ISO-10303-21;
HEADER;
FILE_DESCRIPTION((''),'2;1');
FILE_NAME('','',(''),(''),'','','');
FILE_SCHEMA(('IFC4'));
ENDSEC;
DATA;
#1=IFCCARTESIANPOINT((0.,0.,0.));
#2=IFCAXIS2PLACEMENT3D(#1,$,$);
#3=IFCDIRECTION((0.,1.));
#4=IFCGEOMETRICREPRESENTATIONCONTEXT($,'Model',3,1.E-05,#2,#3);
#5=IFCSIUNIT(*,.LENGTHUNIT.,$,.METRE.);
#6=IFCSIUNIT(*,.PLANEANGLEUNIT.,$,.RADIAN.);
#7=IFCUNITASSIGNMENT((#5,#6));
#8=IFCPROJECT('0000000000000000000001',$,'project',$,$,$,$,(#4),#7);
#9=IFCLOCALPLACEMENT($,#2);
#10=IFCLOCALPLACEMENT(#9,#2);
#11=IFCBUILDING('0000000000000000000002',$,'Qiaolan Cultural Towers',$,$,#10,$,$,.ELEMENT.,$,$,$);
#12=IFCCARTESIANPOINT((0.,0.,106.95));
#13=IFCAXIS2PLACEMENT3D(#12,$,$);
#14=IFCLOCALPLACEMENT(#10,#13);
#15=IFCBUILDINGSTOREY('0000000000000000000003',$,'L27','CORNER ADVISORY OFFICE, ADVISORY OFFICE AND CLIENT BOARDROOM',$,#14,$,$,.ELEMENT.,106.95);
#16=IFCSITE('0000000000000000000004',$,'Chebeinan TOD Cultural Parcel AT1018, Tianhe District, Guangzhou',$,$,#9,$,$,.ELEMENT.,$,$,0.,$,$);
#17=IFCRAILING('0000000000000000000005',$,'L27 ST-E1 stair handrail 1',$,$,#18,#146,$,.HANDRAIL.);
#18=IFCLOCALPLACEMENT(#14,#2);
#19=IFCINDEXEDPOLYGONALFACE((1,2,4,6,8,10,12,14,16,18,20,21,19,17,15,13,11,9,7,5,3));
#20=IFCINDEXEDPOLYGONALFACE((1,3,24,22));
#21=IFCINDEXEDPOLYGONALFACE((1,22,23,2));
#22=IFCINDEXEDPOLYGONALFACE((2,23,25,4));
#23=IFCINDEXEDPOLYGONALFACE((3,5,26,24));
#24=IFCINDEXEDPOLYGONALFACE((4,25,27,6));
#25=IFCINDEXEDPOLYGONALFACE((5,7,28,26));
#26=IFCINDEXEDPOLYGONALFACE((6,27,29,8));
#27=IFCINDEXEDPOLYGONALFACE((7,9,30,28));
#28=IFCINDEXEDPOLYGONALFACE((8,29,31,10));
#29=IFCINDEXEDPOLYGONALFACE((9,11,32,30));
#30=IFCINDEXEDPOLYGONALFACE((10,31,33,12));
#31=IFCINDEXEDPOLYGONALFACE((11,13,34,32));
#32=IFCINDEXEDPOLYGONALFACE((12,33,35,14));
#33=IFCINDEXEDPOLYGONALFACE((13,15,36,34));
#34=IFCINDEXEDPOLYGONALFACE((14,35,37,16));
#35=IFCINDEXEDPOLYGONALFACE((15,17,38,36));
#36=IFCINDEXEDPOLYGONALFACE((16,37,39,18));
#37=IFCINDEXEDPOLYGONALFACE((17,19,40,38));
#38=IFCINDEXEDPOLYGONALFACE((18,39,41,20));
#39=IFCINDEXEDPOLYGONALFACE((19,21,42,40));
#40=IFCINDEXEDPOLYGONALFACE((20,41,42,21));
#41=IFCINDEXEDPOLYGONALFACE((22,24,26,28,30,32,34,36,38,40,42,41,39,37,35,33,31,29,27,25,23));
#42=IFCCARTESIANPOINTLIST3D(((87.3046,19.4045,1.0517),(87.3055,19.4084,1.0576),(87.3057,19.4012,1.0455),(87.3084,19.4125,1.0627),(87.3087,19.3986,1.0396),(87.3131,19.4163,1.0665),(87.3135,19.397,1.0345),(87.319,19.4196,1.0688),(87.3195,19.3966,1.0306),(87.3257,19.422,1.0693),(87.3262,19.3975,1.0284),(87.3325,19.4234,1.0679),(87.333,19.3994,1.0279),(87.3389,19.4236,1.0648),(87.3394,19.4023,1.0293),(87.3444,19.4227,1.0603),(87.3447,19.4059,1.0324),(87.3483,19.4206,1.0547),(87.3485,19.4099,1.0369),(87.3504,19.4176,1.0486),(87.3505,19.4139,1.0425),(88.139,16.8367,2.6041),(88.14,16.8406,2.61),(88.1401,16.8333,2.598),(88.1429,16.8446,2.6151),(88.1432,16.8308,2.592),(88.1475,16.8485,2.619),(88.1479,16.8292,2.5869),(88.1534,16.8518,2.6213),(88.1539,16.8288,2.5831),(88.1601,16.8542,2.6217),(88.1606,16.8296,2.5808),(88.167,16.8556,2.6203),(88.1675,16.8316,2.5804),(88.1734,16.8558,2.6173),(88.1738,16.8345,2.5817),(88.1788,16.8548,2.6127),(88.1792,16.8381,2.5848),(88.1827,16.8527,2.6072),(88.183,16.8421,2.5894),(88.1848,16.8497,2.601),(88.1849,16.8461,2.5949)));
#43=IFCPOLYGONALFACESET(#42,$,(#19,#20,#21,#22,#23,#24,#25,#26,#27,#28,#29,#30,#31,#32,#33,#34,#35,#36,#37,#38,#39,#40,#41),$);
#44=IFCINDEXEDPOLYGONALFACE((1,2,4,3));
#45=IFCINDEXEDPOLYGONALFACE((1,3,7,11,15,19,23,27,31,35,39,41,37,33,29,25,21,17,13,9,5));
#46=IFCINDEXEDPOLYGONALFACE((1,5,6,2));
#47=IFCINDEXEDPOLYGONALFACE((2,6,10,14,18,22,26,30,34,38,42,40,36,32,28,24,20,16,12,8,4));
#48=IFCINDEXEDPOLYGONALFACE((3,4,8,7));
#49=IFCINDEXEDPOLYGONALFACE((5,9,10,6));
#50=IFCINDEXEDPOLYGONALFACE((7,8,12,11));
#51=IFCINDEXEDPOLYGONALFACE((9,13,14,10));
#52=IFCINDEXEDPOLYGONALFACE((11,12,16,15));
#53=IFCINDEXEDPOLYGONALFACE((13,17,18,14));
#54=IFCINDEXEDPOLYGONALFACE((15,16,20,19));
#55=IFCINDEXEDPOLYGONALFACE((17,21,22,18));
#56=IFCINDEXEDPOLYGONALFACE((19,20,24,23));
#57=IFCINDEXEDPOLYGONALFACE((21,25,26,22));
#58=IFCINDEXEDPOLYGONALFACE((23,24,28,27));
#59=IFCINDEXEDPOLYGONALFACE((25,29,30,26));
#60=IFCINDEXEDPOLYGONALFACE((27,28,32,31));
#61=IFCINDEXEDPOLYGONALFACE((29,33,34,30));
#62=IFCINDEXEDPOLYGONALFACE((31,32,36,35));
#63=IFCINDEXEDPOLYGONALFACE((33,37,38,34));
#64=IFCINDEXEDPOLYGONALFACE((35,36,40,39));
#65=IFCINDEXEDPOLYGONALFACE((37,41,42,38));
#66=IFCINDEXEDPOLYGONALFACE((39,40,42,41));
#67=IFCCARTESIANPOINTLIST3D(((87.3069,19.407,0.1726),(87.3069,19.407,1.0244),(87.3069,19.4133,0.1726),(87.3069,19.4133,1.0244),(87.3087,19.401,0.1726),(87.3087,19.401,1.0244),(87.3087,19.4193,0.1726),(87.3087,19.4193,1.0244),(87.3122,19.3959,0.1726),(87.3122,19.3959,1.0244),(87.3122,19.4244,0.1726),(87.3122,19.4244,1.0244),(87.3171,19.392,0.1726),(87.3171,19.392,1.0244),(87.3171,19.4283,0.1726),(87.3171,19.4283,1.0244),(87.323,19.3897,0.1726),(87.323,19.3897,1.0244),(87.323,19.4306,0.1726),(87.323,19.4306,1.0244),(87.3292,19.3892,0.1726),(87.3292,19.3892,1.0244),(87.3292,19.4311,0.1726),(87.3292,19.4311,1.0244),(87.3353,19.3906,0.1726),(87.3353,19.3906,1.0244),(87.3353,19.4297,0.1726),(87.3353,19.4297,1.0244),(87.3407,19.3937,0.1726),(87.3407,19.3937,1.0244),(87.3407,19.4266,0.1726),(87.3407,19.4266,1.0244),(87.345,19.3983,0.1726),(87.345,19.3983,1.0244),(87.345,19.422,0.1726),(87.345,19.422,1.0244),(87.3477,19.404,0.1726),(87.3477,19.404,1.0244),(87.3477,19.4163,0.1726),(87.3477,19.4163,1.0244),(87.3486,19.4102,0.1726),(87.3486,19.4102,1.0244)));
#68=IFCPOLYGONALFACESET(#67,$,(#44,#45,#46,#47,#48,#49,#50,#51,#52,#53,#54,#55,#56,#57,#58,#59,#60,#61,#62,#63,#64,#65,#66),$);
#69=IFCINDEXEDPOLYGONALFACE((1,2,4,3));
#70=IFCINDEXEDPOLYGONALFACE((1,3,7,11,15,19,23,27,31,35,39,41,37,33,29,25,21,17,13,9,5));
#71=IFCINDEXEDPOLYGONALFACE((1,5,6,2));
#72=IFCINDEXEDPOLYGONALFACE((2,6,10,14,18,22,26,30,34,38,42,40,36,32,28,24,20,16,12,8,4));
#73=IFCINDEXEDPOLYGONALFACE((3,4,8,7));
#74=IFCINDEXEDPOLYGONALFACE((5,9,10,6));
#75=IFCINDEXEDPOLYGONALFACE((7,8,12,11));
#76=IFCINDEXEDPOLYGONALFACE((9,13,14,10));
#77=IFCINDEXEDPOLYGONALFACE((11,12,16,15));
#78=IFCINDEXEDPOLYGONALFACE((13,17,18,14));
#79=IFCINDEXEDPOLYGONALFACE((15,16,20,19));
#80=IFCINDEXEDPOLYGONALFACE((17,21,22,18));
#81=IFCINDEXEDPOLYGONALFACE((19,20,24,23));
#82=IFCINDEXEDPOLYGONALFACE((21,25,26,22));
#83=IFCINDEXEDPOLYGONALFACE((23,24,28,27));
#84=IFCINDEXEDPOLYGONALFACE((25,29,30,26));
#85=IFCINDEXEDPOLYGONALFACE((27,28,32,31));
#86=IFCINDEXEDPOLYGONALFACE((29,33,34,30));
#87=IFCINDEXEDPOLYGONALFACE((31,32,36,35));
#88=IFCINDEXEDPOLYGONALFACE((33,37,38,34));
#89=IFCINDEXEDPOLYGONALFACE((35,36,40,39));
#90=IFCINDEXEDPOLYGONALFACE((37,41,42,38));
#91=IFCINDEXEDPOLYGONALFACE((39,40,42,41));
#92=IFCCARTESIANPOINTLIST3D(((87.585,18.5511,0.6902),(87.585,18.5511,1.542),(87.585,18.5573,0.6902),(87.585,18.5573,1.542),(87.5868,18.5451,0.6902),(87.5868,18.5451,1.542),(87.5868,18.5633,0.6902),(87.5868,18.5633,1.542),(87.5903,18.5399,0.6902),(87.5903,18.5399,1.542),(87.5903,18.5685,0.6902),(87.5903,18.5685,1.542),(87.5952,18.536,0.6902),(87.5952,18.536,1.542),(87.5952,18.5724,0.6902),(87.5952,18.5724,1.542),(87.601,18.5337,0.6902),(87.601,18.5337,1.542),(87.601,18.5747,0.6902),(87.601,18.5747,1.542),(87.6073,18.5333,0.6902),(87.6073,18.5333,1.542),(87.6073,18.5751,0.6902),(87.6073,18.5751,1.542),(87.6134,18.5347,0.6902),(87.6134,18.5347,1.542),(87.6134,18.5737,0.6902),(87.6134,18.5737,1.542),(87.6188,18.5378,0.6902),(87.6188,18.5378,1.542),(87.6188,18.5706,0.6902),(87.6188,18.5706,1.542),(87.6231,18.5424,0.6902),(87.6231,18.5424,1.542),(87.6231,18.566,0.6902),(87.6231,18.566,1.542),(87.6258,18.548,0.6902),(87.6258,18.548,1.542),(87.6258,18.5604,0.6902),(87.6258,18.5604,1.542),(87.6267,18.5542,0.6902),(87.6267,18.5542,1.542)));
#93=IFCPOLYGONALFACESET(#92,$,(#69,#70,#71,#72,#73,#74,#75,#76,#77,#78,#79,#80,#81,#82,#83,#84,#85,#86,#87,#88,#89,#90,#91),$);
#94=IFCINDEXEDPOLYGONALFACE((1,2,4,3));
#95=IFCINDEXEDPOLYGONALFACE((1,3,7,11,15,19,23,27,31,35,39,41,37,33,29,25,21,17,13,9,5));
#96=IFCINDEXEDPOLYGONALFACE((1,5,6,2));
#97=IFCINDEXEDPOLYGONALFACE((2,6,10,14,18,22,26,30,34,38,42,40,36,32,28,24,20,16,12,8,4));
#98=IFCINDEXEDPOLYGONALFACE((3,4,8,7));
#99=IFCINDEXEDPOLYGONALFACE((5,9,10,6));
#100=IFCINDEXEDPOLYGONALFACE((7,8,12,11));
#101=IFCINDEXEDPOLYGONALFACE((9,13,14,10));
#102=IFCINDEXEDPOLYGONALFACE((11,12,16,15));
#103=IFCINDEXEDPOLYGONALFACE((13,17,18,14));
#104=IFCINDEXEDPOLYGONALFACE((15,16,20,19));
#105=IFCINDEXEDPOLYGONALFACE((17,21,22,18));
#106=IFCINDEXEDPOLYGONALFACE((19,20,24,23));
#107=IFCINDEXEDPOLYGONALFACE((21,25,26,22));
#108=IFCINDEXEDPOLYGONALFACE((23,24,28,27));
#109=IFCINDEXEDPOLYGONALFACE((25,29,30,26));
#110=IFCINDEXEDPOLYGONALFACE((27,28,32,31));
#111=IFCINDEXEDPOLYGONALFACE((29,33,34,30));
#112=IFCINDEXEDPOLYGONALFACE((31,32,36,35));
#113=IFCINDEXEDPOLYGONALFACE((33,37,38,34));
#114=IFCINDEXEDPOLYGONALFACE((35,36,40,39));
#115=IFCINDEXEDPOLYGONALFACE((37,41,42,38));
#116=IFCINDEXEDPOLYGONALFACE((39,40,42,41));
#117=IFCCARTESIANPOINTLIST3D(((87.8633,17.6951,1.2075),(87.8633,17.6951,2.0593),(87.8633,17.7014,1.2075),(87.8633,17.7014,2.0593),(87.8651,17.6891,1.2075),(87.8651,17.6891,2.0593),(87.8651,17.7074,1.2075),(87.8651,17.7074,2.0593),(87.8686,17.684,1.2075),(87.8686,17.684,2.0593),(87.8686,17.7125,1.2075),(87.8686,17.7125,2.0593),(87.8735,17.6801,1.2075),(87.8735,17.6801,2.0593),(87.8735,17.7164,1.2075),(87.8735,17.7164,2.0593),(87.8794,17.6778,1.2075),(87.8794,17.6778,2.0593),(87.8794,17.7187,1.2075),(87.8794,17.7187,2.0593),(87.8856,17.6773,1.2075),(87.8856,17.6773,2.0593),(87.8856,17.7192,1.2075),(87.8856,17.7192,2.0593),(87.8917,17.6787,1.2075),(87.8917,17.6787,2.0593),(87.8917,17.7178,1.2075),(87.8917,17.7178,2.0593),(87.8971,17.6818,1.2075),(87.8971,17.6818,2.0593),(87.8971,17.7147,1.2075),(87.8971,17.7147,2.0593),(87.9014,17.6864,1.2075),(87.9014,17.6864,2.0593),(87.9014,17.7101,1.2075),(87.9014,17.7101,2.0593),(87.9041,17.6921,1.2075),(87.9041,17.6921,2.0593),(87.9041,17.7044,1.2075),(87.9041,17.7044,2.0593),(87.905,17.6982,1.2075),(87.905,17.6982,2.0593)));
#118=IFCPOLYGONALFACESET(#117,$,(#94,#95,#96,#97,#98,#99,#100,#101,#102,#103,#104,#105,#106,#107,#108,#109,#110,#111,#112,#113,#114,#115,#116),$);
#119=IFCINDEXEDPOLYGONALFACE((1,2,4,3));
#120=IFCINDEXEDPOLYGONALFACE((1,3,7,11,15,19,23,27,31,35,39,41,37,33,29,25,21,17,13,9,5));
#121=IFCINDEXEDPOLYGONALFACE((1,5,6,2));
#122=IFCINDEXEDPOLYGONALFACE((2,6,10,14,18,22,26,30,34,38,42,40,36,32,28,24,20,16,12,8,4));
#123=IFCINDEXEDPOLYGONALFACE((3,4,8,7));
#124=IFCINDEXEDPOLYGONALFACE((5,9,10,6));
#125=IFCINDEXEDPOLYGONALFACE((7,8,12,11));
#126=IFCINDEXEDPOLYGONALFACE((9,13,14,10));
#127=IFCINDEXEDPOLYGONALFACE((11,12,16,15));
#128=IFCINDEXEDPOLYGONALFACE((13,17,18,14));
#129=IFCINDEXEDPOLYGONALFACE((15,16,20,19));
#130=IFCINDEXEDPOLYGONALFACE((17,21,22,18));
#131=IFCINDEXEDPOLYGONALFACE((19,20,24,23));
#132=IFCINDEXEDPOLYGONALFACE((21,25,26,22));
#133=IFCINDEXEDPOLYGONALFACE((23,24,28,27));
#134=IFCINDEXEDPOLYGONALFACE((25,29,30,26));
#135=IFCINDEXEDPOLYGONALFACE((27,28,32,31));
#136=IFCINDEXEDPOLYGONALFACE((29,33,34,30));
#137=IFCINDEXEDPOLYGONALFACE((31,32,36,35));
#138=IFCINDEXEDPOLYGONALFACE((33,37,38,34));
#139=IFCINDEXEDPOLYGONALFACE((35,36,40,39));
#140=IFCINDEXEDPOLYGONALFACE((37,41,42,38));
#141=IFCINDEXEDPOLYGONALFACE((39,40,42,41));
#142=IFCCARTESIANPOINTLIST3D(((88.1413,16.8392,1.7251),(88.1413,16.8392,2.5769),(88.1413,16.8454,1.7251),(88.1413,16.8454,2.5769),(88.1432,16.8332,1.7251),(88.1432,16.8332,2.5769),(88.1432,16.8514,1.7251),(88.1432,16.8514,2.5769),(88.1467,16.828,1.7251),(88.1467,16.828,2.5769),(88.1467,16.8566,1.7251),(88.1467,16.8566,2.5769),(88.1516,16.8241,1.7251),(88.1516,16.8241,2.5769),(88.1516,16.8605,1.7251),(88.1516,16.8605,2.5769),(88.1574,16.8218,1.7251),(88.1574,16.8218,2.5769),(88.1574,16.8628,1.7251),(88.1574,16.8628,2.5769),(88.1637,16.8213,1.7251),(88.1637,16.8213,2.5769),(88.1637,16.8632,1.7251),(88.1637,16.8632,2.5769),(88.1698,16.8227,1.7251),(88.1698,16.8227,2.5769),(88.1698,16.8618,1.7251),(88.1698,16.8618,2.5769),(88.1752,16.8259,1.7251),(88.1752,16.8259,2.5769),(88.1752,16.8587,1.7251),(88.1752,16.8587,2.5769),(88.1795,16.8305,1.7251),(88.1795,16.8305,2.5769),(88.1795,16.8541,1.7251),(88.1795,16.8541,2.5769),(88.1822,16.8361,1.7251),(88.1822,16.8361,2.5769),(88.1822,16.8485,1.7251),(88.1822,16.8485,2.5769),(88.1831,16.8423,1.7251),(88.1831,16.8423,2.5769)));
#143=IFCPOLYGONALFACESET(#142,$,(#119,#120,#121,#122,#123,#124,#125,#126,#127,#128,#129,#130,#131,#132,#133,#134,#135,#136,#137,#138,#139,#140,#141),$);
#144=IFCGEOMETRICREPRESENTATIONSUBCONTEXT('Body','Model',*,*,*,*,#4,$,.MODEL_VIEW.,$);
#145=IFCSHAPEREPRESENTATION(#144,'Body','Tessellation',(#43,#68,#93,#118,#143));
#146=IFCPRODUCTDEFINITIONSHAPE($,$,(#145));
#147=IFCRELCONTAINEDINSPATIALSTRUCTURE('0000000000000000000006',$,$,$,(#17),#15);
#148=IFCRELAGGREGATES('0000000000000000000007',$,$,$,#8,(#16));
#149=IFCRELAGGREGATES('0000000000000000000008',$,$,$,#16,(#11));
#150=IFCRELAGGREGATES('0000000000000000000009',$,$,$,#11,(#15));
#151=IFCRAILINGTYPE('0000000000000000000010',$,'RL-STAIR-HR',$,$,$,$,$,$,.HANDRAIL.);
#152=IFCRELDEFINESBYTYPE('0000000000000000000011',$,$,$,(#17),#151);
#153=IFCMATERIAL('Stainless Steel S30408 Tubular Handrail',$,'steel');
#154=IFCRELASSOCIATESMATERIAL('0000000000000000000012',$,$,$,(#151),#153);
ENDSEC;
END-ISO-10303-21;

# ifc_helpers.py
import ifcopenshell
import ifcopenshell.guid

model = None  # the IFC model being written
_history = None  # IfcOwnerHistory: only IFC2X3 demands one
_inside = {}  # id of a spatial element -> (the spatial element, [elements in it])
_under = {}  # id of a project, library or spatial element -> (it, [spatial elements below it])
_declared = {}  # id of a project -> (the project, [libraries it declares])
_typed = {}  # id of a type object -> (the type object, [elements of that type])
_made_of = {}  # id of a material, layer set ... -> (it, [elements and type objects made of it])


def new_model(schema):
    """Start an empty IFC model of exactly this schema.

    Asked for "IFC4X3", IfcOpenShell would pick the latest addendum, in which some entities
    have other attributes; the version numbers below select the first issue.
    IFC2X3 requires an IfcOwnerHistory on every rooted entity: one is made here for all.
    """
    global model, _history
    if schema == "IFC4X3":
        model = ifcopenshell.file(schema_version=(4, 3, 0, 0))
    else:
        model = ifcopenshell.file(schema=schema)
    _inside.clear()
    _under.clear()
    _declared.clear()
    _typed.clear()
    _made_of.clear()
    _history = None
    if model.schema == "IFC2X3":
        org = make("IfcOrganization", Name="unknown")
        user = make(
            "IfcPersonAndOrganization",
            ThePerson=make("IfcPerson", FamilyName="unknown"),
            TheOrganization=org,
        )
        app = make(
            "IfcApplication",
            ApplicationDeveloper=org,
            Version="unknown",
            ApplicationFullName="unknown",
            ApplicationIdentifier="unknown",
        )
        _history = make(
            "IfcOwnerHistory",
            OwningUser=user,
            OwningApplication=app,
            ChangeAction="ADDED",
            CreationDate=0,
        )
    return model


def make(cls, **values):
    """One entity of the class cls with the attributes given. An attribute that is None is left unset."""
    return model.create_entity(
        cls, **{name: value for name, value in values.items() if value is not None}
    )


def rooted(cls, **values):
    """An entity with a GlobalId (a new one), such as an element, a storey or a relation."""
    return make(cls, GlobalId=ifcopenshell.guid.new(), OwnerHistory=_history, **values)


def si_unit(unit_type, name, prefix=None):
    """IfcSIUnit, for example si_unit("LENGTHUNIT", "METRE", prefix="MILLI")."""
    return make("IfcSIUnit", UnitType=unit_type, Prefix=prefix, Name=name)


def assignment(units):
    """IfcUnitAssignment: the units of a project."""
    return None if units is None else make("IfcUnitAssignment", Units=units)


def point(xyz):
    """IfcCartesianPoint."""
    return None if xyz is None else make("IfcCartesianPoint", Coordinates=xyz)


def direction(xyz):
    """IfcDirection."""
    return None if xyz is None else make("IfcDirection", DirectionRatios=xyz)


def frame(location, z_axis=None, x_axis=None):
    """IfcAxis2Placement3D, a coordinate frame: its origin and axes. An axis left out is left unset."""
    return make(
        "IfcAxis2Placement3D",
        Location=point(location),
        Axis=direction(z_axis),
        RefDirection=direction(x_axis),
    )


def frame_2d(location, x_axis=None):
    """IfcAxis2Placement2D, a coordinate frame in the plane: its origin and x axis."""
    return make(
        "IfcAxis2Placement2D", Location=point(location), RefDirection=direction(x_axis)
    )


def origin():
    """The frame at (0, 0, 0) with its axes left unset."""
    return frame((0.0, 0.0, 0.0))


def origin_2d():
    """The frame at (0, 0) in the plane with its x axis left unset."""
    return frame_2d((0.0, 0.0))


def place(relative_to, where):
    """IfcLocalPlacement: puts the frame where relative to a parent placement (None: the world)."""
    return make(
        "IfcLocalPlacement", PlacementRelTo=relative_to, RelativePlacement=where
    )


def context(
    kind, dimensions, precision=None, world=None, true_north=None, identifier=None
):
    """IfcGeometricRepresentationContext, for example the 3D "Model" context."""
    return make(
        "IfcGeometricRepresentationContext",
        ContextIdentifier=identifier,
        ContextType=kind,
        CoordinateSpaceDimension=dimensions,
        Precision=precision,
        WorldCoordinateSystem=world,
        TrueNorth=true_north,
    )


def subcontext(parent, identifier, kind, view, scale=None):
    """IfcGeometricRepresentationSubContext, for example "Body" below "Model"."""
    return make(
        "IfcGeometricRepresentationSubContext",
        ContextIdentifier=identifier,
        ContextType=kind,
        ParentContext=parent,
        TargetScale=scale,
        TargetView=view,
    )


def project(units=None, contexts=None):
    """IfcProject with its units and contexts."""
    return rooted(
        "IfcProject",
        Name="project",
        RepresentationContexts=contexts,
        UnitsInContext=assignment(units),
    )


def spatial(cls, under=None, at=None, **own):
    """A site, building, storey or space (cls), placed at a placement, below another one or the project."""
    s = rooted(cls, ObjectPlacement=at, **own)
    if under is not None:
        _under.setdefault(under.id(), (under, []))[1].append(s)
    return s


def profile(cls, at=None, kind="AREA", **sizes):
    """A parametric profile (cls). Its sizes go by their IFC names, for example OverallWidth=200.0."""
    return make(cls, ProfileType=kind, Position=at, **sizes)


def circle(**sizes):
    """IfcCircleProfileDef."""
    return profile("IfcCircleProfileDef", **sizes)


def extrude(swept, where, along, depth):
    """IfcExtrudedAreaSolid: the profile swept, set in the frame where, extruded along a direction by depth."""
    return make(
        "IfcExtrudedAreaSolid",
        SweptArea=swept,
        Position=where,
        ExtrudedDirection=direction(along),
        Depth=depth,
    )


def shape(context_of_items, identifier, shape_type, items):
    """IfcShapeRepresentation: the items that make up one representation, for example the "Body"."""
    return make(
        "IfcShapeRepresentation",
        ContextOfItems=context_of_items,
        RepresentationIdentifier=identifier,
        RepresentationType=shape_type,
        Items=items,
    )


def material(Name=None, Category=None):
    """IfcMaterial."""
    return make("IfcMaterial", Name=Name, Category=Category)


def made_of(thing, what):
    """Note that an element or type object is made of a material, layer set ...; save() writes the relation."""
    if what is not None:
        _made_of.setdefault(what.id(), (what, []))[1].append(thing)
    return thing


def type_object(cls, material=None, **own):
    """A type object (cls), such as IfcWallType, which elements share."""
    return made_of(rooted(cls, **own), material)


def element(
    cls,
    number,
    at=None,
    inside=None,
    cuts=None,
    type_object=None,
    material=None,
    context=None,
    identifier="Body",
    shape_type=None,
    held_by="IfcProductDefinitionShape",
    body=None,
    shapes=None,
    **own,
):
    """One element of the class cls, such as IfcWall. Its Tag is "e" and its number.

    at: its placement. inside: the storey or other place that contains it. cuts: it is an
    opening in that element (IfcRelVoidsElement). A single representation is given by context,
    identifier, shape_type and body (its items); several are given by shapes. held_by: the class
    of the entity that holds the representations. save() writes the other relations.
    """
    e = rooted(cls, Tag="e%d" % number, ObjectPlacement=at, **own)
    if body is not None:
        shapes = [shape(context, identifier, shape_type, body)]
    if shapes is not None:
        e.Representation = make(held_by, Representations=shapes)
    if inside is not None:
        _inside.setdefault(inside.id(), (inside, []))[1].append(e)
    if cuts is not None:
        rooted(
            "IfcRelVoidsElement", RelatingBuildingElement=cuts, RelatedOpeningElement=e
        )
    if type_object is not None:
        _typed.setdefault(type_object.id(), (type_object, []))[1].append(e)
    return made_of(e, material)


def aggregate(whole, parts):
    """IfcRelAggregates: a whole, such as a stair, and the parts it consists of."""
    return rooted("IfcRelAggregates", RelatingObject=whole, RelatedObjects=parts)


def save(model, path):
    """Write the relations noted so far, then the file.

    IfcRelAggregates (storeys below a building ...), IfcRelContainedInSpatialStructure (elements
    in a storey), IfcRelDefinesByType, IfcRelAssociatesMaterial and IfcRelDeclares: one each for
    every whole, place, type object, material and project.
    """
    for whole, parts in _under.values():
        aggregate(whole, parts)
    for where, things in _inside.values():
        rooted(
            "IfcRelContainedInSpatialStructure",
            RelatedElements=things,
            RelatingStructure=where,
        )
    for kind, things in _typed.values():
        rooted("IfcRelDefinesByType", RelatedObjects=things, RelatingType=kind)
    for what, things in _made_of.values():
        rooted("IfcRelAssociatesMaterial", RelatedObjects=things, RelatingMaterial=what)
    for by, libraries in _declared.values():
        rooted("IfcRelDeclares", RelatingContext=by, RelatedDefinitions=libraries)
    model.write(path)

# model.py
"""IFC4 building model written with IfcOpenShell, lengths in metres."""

from ifc_helpers import new_model, si_unit, direction, frame, origin, origin_2d, place, context, subcontext, project, spatial, circle, extrude, material, type_object, element, save


model = new_model("IFC4")

# Units and contexts
model_context = context("Model", 3, precision=1e-05, world=origin(), true_north=direction((0.0, 1.0)))
body_context = subcontext(model_context, "Body", "Model", "MODEL_VIEW")
ifc_project = project(units=[si_unit("LENGTHUNIT", "METRE"), si_unit("PLANEANGLEUNIT", "RADIAN")], contexts=[model_context])

# Site, building, storey
site_placement = place(None, origin())
site = spatial("IfcSite", under=ifc_project, at=site_placement, Name="Chebeinan TOD Cultural Parcel AT1018, Tianhe District, Guangzhou", CompositionType="ELEMENT", RefElevation=0.0)
building_placement = place(site_placement, origin())
building = spatial("IfcBuilding", under=site, at=building_placement, Name="Qiaolan Cultural Towers", CompositionType="ELEMENT")
storey_placement = place(building_placement, frame((0.0, 0.0, 106.95)))
storey = spatial("IfcBuildingStorey", under=building, at=storey_placement, Name="L27", Description="CORNER ADVISORY OFFICE, ADVISORY OFFICE AND CLIENT BOARDROOM", CompositionType="ELEMENT", Elevation=106.95)

# Railing
ifc_material_1 = material(Name="Stainless Steel S30408 Tubular Handrail", Category="steel")
railing_type = type_object("IfcRailingType", Name="RL-STAIR-HR", PredefinedType="HANDRAIL", material=ifc_material_1)
railing_placement = place(storey_placement, frame((87.3276, 19.4102, 0.1726)))
element("IfcRailing", 1, at=railing_placement, inside=storey, type_object=railing_type, Name="L27 ST-E1 stair handrail 1", PredefinedType="HANDRAIL", context=body_context, shape_type="SweptSolid", body=[
    extrude(circle(Radius=0.0239, at=origin_2d()), frame((0.0, 0.0, 0.876), z_axis=(0.267926, -0.824471, 0.498461), x_axis=(0.951043, 0.309057, 0.0)), (0.0, 0.0, 1.0), 3.1145),
    extrude(circle(Radius=0.021, at=origin_2d()), origin(), (0.0, 0.0, 1.0), 0.8518),
    extrude(circle(Radius=0.021, at=origin_2d()), frame((0.2781, -0.856, 0.5176)), (0.0, 0.0, 1.0), 0.8518),
    extrude(circle(Radius=0.021, at=origin_2d()), frame((0.5564, -1.7119, 1.0349)), (0.0, 0.0, 1.0), 0.8518),
    extrude(circle(Radius=0.021, at=origin_2d()), frame((0.8345, -2.5679, 1.5525)), (0.0, 0.0, 1.0), 0.8518),
])

save(model, "model.ifc")
